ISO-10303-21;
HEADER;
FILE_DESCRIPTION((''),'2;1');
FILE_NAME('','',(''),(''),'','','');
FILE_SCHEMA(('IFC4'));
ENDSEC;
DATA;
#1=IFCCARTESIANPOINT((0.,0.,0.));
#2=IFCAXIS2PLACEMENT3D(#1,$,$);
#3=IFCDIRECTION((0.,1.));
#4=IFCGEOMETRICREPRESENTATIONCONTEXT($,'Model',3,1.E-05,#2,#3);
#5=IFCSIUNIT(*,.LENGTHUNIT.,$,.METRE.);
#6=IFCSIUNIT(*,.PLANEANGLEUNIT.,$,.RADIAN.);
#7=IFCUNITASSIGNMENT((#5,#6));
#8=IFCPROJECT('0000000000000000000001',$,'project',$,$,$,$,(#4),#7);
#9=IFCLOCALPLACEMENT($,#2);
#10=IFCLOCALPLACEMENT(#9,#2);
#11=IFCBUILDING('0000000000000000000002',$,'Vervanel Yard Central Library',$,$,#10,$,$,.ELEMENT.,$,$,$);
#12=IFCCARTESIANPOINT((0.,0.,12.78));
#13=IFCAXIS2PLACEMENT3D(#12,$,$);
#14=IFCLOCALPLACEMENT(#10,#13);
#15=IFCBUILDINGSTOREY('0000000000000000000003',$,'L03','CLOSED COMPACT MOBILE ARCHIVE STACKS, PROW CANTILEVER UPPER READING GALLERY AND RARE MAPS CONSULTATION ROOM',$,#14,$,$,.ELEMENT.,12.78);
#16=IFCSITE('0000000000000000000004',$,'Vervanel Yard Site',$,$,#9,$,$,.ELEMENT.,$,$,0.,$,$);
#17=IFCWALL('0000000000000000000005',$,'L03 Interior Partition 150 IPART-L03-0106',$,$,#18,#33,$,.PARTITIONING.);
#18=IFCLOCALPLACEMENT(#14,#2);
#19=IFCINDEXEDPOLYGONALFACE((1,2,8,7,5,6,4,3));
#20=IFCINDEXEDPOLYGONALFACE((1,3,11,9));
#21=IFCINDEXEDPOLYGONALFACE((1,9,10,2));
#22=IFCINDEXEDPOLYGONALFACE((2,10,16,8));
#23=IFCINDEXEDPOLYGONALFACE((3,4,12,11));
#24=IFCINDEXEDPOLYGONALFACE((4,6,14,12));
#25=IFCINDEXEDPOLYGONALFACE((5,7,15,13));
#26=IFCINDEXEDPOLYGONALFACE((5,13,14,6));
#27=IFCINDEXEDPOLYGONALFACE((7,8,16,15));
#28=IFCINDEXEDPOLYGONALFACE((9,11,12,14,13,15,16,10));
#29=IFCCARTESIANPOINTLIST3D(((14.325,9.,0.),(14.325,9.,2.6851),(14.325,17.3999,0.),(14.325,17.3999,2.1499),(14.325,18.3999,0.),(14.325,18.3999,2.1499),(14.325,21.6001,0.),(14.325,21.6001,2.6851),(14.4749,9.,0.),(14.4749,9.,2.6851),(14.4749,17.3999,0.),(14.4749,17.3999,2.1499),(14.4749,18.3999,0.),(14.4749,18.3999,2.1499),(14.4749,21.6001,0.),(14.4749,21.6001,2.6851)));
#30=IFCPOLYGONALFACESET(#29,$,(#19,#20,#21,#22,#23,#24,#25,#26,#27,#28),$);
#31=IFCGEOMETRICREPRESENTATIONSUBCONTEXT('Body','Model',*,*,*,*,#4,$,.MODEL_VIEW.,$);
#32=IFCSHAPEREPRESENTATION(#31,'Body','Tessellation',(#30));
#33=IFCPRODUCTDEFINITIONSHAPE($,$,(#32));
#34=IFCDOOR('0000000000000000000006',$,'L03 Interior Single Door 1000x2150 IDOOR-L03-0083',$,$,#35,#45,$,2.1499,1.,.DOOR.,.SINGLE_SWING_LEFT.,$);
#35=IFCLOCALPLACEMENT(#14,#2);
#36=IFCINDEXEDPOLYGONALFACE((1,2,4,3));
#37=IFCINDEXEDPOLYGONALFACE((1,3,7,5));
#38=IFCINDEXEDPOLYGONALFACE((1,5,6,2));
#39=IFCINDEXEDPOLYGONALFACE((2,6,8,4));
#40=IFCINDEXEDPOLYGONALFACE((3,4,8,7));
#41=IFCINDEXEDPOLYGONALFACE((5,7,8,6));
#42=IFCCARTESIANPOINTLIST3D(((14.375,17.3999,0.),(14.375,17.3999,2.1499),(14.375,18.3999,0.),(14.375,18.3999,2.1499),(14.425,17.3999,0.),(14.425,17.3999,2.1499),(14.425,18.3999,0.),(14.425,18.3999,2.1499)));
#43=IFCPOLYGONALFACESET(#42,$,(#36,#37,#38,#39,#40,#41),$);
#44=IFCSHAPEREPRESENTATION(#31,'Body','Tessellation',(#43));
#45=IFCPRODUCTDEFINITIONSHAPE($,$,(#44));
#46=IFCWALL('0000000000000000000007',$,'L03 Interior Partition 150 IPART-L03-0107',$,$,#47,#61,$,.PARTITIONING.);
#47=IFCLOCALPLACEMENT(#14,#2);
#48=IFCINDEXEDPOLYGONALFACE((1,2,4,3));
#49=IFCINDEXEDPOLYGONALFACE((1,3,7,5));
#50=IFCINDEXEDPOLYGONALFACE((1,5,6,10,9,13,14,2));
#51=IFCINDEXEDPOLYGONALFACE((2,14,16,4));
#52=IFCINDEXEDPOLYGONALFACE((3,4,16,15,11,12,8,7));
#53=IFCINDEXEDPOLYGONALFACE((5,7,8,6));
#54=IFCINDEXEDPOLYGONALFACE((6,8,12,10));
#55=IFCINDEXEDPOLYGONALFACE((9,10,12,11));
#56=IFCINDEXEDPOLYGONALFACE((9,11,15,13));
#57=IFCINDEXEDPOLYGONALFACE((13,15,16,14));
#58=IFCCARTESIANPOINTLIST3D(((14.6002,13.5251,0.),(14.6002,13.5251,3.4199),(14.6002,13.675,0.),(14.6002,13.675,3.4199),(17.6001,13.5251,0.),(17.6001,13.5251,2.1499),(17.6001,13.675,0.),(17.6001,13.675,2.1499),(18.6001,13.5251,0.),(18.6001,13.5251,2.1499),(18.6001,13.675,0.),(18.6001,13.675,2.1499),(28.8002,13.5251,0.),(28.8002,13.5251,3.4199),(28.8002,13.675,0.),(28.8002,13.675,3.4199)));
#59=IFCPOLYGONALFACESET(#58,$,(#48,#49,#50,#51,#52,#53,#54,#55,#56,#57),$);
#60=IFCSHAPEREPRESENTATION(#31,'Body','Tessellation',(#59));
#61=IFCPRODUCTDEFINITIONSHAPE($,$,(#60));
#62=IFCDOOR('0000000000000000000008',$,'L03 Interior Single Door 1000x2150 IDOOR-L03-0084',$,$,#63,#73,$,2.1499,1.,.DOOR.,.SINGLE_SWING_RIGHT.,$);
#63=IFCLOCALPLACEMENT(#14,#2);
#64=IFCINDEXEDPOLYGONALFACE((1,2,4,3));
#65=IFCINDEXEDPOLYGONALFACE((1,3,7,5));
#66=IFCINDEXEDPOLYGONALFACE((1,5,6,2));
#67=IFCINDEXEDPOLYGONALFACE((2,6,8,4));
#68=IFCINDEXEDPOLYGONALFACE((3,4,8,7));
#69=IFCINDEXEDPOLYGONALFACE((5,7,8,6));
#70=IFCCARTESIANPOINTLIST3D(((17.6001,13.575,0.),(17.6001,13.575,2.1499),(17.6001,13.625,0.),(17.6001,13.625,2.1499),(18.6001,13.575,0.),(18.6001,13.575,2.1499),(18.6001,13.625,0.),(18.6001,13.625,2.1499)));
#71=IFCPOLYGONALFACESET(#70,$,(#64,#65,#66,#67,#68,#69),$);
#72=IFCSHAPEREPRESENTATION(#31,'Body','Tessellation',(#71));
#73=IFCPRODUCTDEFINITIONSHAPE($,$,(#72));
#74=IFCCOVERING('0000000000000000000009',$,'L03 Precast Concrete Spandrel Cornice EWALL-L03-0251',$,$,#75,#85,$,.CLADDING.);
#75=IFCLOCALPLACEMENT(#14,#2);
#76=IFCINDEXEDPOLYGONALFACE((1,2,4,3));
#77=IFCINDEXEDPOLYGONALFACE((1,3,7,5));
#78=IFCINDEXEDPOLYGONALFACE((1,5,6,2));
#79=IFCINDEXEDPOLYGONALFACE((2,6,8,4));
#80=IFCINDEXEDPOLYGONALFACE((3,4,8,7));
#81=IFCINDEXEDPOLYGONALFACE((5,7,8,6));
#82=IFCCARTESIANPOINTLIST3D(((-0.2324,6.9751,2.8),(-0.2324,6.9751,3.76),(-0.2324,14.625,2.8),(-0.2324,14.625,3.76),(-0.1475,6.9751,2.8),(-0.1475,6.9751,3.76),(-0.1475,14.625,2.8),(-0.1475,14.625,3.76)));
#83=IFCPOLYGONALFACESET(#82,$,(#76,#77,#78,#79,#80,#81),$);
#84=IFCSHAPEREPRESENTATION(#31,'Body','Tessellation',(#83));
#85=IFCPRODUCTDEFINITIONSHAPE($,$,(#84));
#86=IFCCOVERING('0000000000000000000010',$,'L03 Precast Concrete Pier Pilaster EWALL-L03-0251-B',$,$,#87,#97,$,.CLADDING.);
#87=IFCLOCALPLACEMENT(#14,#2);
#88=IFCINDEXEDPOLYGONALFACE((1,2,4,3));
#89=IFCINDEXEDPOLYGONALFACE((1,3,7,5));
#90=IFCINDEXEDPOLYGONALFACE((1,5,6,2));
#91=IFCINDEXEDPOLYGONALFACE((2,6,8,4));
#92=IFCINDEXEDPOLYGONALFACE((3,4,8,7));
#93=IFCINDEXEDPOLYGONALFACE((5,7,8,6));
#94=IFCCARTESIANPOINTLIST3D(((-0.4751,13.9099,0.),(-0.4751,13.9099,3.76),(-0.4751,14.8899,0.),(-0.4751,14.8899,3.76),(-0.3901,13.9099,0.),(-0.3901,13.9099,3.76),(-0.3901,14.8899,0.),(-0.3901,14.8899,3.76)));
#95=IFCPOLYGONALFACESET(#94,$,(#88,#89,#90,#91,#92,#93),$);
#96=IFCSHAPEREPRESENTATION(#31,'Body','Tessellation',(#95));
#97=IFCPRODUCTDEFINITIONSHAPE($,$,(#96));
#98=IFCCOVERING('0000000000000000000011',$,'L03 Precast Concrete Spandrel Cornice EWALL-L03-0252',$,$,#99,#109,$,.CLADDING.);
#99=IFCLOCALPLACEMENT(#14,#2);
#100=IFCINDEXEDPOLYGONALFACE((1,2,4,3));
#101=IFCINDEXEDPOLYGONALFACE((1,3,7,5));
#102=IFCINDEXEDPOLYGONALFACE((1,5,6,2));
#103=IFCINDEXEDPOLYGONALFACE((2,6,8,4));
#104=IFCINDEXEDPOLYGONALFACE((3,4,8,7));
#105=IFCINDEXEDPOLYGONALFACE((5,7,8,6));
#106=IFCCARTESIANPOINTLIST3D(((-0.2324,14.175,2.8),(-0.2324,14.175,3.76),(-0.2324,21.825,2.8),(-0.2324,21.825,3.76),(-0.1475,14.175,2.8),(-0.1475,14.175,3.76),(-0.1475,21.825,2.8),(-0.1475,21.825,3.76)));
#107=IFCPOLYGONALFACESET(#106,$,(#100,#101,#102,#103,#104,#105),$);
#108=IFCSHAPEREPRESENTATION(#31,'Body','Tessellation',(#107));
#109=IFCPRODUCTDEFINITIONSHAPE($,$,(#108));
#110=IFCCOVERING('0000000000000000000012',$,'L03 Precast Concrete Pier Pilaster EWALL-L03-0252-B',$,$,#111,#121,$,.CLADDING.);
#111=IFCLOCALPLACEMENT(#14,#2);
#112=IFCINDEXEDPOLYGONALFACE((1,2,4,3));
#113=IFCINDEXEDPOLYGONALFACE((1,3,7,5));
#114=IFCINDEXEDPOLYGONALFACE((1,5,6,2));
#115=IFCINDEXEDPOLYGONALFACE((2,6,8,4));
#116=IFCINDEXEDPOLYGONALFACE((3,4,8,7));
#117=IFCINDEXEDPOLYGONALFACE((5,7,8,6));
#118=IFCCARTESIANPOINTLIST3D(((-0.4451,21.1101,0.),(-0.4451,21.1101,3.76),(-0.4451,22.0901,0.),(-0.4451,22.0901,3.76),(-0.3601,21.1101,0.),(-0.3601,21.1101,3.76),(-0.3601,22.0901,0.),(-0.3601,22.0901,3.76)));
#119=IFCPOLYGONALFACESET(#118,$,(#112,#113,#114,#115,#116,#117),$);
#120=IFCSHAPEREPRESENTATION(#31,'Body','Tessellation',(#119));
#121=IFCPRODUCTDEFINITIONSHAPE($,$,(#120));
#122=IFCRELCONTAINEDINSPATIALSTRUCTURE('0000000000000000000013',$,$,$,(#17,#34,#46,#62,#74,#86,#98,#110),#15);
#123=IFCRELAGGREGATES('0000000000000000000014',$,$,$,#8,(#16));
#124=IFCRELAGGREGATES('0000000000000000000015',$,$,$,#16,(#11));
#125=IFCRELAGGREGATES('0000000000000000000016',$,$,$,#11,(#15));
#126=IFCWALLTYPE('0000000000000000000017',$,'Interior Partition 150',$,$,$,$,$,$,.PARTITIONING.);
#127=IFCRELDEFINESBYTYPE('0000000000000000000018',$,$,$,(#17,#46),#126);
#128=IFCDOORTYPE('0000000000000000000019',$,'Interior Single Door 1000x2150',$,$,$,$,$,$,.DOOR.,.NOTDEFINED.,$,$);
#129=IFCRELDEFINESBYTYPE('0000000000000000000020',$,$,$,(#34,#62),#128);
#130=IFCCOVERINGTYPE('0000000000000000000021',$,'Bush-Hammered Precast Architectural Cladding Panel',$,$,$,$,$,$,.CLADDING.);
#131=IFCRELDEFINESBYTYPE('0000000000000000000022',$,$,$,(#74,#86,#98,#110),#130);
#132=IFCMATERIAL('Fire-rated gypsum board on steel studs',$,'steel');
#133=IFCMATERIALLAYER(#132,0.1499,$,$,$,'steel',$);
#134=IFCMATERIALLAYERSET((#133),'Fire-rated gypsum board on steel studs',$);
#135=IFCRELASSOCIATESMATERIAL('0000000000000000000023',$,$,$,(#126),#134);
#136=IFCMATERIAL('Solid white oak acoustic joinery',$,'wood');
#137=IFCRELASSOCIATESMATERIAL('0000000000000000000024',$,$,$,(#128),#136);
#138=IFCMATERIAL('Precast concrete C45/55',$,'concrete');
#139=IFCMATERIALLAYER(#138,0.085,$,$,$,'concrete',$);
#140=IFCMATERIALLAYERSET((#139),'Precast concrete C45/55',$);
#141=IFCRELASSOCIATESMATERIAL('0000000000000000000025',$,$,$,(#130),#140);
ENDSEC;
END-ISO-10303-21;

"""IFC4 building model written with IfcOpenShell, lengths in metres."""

from ifc_helpers import new_model, si_unit, direction, frame, frame_2d, origin, origin_2d, place, context, subcontext, project, spatial, rectangle, extrude, material, layer, layer_set, type_object, element, fill, save


model = new_model("IFC4")

# Units and contexts
model_context = context("Model", 3, precision=1e-05, world=origin(), true_north=direction((0.0, 1.0)))
body_context = subcontext(model_context, "Body", "Model", "MODEL_VIEW")
ifc_project = project(units=[si_unit("LENGTHUNIT", "METRE"), si_unit("PLANEANGLEUNIT", "RADIAN")], contexts=[model_context])

# Site, building, storey
site_placement = place(None, origin())
site = spatial("IfcSite", under=ifc_project, at=site_placement, Name="Vervanel Yard Site", CompositionType="ELEMENT", RefElevation=0.0)
building_placement = place(site_placement, origin())
building = spatial("IfcBuilding", under=site, at=building_placement, Name="Vervanel Yard Central Library", CompositionType="ELEMENT")
storey_placement = place(building_placement, frame((0.0, 0.0, 12.78)))
storey = spatial("IfcBuildingStorey", under=building, at=storey_placement, Name="L03", Description="CLOSED COMPACT MOBILE ARCHIVE STACKS, PROW CANTILEVER UPPER READING GALLERY AND RARE MAPS CONSULTATION ROOM", CompositionType="ELEMENT", Elevation=12.78)

# Shared definitions
ifc_material_1 = material(Name="Precast concrete C45/55", Category="concrete")

# Walls, openings, doors
ifc_material_2 = material(Name="Fire-rated gypsum board on steel studs", Category="steel")
ifc_layer_1 = layer(ifc_material_2, 0.1499, Category="steel")
ifc_layer_set_1 = layer_set([ifc_layer_1], Name="Fire-rated gypsum board on steel studs")
wall_type_1 = type_object("IfcWallType", Name="Interior Partition 150", PredefinedType="PARTITIONING", material=ifc_layer_set_1)
wall_1_placement = place(storey_placement, frame((14.3999, 9.0, 0.0), z_axis=(0.0, 0.0, 1.0), x_axis=(0.0, 1.0, 0.0)))
wall_1 = element("IfcWall", 1, at=wall_1_placement, inside=storey, type_object=wall_type_1, Name="L03 Interior Partition 150 IPART-L03-0106", PredefinedType="PARTITIONING", context=body_context, shape_type="SweptSolid", body=[
    extrude(rectangle(XDim=12.6001, YDim=0.1499, at=frame_2d((6.3, 0.0))), origin(), (0.0, 0.0, 1.0), 2.6851),
])
opening_1_placement = place(wall_1_placement, frame((8.3999, 0.0, 0.0)))
opening_1 = element("IfcOpeningElement", 2, at=opening_1_placement, cuts=wall_1, PredefinedType="OPENING", context=body_context, shape_type="SweptSolid", body=[
    extrude(rectangle(XDim=1.0, YDim=2.1499, at=frame_2d((0.5, 1.075))), frame((0.0, 0.085, 0.0), z_axis=(0.0, -1.0, 0.0), x_axis=(1.0, 0.0, 0.0)), (0.0, 0.0, 1.0), 0.1699),
])
ifc_material_3 = material(Name="Solid white oak acoustic joinery", Category="wood")
door_type_1 = type_object("IfcDoorType", Name="Interior Single Door 1000x2150", OperationType="NOTDEFINED", PredefinedType="DOOR", material=ifc_material_3)
door_1_placement = place(opening_1_placement, origin())
door_1 = element("IfcDoor", 3, at=door_1_placement, inside=storey, type_object=door_type_1, Name="L03 Interior Single Door 1000x2150 IDOOR-L03-0083", OperationType="SINGLE_SWING_LEFT", OverallHeight=2.1499, OverallWidth=1.0, PredefinedType="DOOR", context=body_context, shape_type="SweptSolid", body=[
    extrude(rectangle(XDim=1.0, YDim=2.1499, at=frame_2d((0.5, 1.075))), frame((0.0, 0.0249, 0.0), z_axis=(0.0, -1.0, 0.0), x_axis=(1.0, 0.0, 0.0)), (0.0, 0.0, 1.0), 0.05),
])
fill(opening_1, door_1)
wall_2_placement = place(storey_placement, frame((14.6001, 13.6001, 0.0), z_axis=(0.0, 0.0, 1.0), x_axis=(1.0, 0.0, 0.0)))
wall_2 = element("IfcWall", 4, at=wall_2_placement, inside=storey, type_object=wall_type_1, Name="L03 Interior Partition 150 IPART-L03-0107", PredefinedType="PARTITIONING", context=body_context, shape_type="SweptSolid", body=[
    extrude(rectangle(XDim=14.2, YDim=0.1499, at=frame_2d((7.1001, 0.0))), origin(), (0.0, 0.0, 1.0), 3.4199),
])
opening_2_placement = place(wall_2_placement, frame((3.0, 0.0, 0.0)))
opening_2 = element("IfcOpeningElement", 5, at=opening_2_placement, cuts=wall_2, PredefinedType="OPENING", context=body_context, shape_type="SweptSolid", body=[
    extrude(rectangle(XDim=1.0, YDim=2.1499, at=frame_2d((0.5, 1.075))), frame((0.0, 0.085, 0.0), z_axis=(0.0, -1.0, 0.0), x_axis=(1.0, 0.0, 0.0)), (0.0, 0.0, 1.0), 0.1699),
])
door_2_placement = place(opening_2_placement, origin())
door_2 = element("IfcDoor", 6, at=door_2_placement, inside=storey, type_object=door_type_1, Name="L03 Interior Single Door 1000x2150 IDOOR-L03-0084", OperationType="SINGLE_SWING_RIGHT", OverallHeight=2.1499, OverallWidth=1.0, PredefinedType="DOOR", context=body_context, shape_type="SweptSolid", body=[
    extrude(rectangle(XDim=1.0, YDim=2.1499, at=frame_2d((0.5, 1.075))), frame((0.0, 0.0249, 0.0), z_axis=(0.0, -1.0, 0.0), x_axis=(1.0, 0.0, 0.0)), (0.0, 0.0, 1.0), 0.05),
])
fill(opening_2, door_2)

# Coverings
ifc_layer_2 = layer(ifc_material_1, 0.085, Category="concrete")
ifc_layer_set_2 = layer_set([ifc_layer_2], Name="Precast concrete C45/55")
covering_type = type_object("IfcCoveringType", Name="Bush-Hammered Precast Architectural Cladding Panel", PredefinedType="CLADDING", material=ifc_layer_set_2)
covering_1_placement = place(storey_placement, frame((-0.1899, 10.8, 2.8), z_axis=(0.0, 0.0, 1.0), x_axis=(0.0, 1.0, 0.0)))
element("IfcCovering", 7, at=covering_1_placement, inside=storey, type_object=covering_type, Name="L03 Precast Concrete Spandrel Cornice EWALL-L03-0251", PredefinedType="CLADDING", context=body_context, shape_type="SweptSolid", body=[
    extrude(rectangle(XDim=7.6499, YDim=0.085, at=origin_2d()), origin(), (0.0, 0.0, 1.0), 0.96),
])
covering_2_placement = place(storey_placement, frame((-0.4326, 14.3999, 0.0), z_axis=(0.0, 0.0, 1.0), x_axis=(0.0, 1.0, 0.0)))
element("IfcCovering", 8, at=covering_2_placement, inside=storey, type_object=covering_type, Name="L03 Precast Concrete Pier Pilaster EWALL-L03-0251-B", PredefinedType="CLADDING", context=body_context, shape_type="SweptSolid", body=[
    extrude(rectangle(XDim=0.98, YDim=0.085, at=origin_2d()), origin(), (0.0, 0.0, 1.0), 3.76),
])
covering_3_placement = place(storey_placement, frame((-0.1899, 18.0, 2.8), z_axis=(0.0, 0.0, 1.0), x_axis=(0.0, 1.0, 0.0)))
element("IfcCovering", 9, at=covering_3_placement, inside=storey, type_object=covering_type, Name="L03 Precast Concrete Spandrel Cornice EWALL-L03-0252", PredefinedType="CLADDING", context=body_context, shape_type="SweptSolid", body=[
    extrude(rectangle(XDim=7.6499, YDim=0.085, at=origin_2d()), origin(), (0.0, 0.0, 1.0), 0.96),
])
covering_4_placement = place(storey_placement, frame((-0.4026, 21.6001, 0.0), z_axis=(0.0, 0.0, 1.0), x_axis=(0.0, 1.0, 0.0)))
element("IfcCovering", 10, at=covering_4_placement, inside=storey, type_object=covering_type, Name="L03 Precast Concrete Pier Pilaster EWALL-L03-0252-B", PredefinedType="CLADDING", context=body_context, shape_type="SweptSolid", body=[
    extrude(rectangle(XDim=0.98, YDim=0.085, at=origin_2d()), origin(), (0.0, 0.0, 1.0), 3.76),
])

save(model, "model.ifc")
